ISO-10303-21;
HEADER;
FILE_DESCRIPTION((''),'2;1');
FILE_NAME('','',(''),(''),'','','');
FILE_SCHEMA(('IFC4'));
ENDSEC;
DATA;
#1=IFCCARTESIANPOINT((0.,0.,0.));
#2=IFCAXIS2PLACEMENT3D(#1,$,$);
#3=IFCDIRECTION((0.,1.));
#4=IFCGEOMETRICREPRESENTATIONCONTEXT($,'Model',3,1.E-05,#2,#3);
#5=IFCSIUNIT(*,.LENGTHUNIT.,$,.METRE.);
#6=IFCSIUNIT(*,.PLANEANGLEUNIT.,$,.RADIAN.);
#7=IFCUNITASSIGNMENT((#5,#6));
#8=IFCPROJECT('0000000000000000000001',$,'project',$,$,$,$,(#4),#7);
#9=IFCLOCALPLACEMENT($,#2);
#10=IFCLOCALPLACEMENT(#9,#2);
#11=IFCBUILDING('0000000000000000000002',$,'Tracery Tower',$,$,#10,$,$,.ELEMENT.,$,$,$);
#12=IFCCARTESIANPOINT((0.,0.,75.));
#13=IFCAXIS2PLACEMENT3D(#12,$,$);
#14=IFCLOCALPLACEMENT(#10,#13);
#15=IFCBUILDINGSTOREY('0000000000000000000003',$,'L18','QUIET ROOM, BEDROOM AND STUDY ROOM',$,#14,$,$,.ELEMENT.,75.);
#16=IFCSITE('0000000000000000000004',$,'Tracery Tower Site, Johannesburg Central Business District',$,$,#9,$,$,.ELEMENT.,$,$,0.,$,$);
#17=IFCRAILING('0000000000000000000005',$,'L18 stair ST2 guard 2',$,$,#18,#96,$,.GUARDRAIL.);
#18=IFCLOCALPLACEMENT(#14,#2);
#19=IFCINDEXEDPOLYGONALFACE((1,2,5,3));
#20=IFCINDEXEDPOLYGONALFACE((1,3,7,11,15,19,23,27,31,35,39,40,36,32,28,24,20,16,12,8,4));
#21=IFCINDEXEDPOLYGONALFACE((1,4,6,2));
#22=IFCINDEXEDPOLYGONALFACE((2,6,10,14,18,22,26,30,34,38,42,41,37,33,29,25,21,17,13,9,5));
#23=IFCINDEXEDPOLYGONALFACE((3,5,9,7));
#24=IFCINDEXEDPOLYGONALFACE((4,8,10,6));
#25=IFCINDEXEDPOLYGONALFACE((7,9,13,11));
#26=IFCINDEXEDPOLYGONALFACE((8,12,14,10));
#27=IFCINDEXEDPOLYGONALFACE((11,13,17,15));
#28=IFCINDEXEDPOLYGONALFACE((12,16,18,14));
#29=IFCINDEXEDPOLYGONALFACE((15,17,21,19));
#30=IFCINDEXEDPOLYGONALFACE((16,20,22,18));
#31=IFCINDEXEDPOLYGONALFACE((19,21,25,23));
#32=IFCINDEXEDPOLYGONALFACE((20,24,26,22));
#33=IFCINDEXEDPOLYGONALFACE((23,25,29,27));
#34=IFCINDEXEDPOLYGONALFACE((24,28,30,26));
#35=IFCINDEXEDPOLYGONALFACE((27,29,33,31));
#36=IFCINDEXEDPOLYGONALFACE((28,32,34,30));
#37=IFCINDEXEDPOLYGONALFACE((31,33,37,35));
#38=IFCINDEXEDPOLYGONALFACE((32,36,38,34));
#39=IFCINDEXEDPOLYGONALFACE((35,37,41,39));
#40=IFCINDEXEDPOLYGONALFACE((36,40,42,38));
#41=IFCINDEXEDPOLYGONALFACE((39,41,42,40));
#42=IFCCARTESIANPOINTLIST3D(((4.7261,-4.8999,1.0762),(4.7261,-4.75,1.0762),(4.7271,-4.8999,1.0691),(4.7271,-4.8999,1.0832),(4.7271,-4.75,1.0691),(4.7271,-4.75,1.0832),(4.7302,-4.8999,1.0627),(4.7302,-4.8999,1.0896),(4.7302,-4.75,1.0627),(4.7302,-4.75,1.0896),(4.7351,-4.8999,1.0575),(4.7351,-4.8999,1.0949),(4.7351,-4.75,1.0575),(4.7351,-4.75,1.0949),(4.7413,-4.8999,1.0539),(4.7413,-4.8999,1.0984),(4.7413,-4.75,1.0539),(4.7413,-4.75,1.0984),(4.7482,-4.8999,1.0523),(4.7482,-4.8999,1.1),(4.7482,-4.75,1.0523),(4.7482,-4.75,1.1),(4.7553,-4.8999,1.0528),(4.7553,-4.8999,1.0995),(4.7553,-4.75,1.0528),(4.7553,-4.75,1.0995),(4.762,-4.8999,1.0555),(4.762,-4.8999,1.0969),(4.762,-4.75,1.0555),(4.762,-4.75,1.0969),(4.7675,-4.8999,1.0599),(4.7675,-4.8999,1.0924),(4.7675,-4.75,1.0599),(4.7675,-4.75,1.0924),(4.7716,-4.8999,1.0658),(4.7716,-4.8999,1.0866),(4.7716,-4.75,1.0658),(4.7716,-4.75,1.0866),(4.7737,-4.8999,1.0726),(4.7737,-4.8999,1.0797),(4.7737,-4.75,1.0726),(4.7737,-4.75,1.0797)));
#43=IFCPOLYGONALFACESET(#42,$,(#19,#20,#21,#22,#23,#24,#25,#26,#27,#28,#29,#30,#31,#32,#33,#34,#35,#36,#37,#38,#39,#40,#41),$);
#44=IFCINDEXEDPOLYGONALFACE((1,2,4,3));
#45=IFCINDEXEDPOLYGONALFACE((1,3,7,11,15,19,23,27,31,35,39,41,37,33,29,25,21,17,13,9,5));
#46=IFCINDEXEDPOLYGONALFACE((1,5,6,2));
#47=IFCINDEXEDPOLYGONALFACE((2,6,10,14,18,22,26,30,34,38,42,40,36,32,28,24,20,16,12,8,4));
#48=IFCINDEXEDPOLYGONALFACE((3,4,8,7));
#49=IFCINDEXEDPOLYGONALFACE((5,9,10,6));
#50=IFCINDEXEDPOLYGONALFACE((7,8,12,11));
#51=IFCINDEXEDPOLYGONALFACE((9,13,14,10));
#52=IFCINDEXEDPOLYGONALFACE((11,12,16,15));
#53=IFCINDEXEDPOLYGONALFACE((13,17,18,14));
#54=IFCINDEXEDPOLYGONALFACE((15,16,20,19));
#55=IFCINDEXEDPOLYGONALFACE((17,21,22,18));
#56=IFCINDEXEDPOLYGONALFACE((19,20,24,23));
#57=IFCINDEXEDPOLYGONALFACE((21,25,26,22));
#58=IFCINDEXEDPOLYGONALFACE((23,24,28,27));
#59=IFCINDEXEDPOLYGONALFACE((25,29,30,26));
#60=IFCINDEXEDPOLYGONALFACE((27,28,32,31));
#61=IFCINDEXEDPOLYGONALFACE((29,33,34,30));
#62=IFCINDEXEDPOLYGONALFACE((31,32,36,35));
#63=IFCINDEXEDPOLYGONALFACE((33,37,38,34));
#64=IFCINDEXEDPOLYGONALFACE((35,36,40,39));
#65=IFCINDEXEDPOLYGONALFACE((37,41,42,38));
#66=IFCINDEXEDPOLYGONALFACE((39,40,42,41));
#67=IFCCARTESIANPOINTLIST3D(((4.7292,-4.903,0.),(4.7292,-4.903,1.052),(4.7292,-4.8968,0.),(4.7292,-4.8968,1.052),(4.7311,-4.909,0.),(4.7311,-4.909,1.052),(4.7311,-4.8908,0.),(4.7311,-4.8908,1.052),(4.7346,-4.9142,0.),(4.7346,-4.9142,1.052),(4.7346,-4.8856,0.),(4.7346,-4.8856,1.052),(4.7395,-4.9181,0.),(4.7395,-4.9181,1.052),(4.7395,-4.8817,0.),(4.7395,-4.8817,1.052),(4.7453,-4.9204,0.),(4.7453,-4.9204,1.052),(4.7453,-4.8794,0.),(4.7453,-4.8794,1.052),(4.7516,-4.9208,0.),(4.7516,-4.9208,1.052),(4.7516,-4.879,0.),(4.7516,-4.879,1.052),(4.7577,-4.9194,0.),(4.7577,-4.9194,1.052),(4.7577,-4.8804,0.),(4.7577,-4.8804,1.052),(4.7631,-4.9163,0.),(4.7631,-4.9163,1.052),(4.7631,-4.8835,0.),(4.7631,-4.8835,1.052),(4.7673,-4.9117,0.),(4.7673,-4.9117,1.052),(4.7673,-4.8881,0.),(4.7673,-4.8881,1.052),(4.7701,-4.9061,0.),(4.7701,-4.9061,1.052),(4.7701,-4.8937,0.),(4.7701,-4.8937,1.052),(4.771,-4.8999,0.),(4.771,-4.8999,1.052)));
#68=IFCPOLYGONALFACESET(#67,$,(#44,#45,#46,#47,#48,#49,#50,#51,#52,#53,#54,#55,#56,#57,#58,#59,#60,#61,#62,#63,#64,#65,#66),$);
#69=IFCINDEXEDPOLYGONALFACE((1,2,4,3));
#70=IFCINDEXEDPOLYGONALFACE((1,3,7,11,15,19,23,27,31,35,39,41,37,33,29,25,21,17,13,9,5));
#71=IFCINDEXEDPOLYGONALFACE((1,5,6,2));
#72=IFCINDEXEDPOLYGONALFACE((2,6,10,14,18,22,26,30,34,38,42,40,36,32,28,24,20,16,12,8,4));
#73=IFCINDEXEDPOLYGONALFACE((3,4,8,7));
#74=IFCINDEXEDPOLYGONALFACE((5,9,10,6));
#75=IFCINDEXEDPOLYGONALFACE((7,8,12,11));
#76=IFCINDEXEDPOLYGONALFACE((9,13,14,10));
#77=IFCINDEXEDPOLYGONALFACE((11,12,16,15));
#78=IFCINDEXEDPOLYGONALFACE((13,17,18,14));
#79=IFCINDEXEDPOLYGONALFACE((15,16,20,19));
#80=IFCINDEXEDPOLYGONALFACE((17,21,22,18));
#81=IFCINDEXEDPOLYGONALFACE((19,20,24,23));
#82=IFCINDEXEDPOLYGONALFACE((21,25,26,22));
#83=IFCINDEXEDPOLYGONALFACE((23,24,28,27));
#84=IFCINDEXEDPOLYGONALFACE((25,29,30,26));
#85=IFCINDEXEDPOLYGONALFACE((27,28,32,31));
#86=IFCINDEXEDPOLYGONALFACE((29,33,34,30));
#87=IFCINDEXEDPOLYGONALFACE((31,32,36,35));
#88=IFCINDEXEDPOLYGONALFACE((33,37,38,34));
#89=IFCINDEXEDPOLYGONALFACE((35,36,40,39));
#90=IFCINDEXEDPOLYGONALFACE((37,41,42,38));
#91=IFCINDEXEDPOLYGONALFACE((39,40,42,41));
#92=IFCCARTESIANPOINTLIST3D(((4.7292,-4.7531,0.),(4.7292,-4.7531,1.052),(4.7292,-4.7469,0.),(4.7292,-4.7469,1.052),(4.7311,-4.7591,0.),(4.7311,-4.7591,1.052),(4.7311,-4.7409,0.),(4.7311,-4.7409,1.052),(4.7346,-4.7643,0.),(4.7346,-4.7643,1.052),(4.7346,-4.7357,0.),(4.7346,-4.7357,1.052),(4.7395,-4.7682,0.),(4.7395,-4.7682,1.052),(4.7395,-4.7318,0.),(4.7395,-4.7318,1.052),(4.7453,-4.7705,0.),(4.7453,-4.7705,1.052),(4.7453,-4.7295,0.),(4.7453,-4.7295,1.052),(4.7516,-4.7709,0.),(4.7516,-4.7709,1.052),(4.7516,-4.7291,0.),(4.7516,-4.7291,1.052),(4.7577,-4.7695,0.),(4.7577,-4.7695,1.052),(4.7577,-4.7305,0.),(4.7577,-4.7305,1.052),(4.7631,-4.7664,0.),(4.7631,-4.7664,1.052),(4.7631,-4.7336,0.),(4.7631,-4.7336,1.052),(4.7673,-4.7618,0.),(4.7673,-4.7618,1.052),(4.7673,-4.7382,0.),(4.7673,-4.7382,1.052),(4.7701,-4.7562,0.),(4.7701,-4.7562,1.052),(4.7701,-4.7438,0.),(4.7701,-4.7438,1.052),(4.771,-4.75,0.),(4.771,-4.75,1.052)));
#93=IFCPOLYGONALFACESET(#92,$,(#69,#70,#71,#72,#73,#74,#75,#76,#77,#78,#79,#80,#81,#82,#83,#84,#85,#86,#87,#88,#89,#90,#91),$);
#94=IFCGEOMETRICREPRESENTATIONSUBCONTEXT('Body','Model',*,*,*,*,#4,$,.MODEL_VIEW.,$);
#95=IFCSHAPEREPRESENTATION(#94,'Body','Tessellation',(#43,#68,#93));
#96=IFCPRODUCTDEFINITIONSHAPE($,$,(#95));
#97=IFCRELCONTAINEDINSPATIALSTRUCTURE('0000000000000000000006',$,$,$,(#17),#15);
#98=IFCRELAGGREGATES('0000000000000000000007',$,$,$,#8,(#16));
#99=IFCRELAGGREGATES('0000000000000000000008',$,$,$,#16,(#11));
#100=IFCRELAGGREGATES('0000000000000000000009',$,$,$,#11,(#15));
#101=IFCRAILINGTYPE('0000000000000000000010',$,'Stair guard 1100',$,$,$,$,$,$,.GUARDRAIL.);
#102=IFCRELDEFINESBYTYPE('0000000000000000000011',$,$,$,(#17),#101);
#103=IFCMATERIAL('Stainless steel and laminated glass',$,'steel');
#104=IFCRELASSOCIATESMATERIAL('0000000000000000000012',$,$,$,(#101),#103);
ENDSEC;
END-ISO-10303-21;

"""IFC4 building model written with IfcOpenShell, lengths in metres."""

from ifc_helpers import new_model, si_unit, direction, frame, origin, origin_2d, place, context, subcontext, project, spatial, circle, extrude, material, type_object, element, save


model = new_model("IFC4")

# Units and contexts
model_context = context("Model", 3, precision=1e-05, world=origin(), true_north=direction((0.0, 1.0)))
body_context = subcontext(model_context, "Body", "Model", "MODEL_VIEW")
ifc_project = project(units=[si_unit("LENGTHUNIT", "METRE"), si_unit("PLANEANGLEUNIT", "RADIAN")], contexts=[model_context])

# Site, building, storey
site_placement = place(None, origin())
site = spatial("IfcSite", under=ifc_project, at=site_placement, Name="Tracery Tower Site, Johannesburg Central Business District", CompositionType="ELEMENT", RefElevation=0.0)
building_placement = place(site_placement, origin())
building = spatial("IfcBuilding", under=site, at=building_placement, Name="Tracery Tower", CompositionType="ELEMENT")
storey_placement = place(building_placement, frame((0.0, 0.0, 75.0)))
storey = spatial("IfcBuildingStorey", under=building, at=storey_placement, Name="L18", Description="QUIET ROOM, BEDROOM AND STUDY ROOM", CompositionType="ELEMENT", Elevation=75.0)

# Railing
ifc_material_1 = material(Name="Stainless steel and laminated glass", Category="steel")
railing_type_1 = type_object("IfcRailingType", Name="Stair guard 1100", PredefinedType="GUARDRAIL", material=ifc_material_1)
railing_1_placement = place(storey_placement, frame((4.75, -4.8999, 0.0)))
element("IfcRailing", 1, at=railing_1_placement, inside=storey, type_object=railing_type_1, Name="L18 stair ST2 guard 2", PredefinedType="GUARDRAIL", context=body_context, shape_type="SweptSolid", body=[
    extrude(circle(Radius=0.0239, at=origin_2d()), frame((0.0, 0.0, 1.0762), z_axis=(0.0, 1.0, 0.0), x_axis=(-1.0, 0.0, 0.0)), (0.0, 0.0, 1.0), 0.1499),
    extrude(circle(Radius=0.021, at=origin_2d()), origin(), (0.0, 0.0, 1.0), 1.052),
    extrude(circle(Radius=0.021, at=origin_2d()), frame((0.0, 0.1499, 0.0)), (0.0, 0.0, 1.0), 1.052),
])

save(model, "model.ifc")
